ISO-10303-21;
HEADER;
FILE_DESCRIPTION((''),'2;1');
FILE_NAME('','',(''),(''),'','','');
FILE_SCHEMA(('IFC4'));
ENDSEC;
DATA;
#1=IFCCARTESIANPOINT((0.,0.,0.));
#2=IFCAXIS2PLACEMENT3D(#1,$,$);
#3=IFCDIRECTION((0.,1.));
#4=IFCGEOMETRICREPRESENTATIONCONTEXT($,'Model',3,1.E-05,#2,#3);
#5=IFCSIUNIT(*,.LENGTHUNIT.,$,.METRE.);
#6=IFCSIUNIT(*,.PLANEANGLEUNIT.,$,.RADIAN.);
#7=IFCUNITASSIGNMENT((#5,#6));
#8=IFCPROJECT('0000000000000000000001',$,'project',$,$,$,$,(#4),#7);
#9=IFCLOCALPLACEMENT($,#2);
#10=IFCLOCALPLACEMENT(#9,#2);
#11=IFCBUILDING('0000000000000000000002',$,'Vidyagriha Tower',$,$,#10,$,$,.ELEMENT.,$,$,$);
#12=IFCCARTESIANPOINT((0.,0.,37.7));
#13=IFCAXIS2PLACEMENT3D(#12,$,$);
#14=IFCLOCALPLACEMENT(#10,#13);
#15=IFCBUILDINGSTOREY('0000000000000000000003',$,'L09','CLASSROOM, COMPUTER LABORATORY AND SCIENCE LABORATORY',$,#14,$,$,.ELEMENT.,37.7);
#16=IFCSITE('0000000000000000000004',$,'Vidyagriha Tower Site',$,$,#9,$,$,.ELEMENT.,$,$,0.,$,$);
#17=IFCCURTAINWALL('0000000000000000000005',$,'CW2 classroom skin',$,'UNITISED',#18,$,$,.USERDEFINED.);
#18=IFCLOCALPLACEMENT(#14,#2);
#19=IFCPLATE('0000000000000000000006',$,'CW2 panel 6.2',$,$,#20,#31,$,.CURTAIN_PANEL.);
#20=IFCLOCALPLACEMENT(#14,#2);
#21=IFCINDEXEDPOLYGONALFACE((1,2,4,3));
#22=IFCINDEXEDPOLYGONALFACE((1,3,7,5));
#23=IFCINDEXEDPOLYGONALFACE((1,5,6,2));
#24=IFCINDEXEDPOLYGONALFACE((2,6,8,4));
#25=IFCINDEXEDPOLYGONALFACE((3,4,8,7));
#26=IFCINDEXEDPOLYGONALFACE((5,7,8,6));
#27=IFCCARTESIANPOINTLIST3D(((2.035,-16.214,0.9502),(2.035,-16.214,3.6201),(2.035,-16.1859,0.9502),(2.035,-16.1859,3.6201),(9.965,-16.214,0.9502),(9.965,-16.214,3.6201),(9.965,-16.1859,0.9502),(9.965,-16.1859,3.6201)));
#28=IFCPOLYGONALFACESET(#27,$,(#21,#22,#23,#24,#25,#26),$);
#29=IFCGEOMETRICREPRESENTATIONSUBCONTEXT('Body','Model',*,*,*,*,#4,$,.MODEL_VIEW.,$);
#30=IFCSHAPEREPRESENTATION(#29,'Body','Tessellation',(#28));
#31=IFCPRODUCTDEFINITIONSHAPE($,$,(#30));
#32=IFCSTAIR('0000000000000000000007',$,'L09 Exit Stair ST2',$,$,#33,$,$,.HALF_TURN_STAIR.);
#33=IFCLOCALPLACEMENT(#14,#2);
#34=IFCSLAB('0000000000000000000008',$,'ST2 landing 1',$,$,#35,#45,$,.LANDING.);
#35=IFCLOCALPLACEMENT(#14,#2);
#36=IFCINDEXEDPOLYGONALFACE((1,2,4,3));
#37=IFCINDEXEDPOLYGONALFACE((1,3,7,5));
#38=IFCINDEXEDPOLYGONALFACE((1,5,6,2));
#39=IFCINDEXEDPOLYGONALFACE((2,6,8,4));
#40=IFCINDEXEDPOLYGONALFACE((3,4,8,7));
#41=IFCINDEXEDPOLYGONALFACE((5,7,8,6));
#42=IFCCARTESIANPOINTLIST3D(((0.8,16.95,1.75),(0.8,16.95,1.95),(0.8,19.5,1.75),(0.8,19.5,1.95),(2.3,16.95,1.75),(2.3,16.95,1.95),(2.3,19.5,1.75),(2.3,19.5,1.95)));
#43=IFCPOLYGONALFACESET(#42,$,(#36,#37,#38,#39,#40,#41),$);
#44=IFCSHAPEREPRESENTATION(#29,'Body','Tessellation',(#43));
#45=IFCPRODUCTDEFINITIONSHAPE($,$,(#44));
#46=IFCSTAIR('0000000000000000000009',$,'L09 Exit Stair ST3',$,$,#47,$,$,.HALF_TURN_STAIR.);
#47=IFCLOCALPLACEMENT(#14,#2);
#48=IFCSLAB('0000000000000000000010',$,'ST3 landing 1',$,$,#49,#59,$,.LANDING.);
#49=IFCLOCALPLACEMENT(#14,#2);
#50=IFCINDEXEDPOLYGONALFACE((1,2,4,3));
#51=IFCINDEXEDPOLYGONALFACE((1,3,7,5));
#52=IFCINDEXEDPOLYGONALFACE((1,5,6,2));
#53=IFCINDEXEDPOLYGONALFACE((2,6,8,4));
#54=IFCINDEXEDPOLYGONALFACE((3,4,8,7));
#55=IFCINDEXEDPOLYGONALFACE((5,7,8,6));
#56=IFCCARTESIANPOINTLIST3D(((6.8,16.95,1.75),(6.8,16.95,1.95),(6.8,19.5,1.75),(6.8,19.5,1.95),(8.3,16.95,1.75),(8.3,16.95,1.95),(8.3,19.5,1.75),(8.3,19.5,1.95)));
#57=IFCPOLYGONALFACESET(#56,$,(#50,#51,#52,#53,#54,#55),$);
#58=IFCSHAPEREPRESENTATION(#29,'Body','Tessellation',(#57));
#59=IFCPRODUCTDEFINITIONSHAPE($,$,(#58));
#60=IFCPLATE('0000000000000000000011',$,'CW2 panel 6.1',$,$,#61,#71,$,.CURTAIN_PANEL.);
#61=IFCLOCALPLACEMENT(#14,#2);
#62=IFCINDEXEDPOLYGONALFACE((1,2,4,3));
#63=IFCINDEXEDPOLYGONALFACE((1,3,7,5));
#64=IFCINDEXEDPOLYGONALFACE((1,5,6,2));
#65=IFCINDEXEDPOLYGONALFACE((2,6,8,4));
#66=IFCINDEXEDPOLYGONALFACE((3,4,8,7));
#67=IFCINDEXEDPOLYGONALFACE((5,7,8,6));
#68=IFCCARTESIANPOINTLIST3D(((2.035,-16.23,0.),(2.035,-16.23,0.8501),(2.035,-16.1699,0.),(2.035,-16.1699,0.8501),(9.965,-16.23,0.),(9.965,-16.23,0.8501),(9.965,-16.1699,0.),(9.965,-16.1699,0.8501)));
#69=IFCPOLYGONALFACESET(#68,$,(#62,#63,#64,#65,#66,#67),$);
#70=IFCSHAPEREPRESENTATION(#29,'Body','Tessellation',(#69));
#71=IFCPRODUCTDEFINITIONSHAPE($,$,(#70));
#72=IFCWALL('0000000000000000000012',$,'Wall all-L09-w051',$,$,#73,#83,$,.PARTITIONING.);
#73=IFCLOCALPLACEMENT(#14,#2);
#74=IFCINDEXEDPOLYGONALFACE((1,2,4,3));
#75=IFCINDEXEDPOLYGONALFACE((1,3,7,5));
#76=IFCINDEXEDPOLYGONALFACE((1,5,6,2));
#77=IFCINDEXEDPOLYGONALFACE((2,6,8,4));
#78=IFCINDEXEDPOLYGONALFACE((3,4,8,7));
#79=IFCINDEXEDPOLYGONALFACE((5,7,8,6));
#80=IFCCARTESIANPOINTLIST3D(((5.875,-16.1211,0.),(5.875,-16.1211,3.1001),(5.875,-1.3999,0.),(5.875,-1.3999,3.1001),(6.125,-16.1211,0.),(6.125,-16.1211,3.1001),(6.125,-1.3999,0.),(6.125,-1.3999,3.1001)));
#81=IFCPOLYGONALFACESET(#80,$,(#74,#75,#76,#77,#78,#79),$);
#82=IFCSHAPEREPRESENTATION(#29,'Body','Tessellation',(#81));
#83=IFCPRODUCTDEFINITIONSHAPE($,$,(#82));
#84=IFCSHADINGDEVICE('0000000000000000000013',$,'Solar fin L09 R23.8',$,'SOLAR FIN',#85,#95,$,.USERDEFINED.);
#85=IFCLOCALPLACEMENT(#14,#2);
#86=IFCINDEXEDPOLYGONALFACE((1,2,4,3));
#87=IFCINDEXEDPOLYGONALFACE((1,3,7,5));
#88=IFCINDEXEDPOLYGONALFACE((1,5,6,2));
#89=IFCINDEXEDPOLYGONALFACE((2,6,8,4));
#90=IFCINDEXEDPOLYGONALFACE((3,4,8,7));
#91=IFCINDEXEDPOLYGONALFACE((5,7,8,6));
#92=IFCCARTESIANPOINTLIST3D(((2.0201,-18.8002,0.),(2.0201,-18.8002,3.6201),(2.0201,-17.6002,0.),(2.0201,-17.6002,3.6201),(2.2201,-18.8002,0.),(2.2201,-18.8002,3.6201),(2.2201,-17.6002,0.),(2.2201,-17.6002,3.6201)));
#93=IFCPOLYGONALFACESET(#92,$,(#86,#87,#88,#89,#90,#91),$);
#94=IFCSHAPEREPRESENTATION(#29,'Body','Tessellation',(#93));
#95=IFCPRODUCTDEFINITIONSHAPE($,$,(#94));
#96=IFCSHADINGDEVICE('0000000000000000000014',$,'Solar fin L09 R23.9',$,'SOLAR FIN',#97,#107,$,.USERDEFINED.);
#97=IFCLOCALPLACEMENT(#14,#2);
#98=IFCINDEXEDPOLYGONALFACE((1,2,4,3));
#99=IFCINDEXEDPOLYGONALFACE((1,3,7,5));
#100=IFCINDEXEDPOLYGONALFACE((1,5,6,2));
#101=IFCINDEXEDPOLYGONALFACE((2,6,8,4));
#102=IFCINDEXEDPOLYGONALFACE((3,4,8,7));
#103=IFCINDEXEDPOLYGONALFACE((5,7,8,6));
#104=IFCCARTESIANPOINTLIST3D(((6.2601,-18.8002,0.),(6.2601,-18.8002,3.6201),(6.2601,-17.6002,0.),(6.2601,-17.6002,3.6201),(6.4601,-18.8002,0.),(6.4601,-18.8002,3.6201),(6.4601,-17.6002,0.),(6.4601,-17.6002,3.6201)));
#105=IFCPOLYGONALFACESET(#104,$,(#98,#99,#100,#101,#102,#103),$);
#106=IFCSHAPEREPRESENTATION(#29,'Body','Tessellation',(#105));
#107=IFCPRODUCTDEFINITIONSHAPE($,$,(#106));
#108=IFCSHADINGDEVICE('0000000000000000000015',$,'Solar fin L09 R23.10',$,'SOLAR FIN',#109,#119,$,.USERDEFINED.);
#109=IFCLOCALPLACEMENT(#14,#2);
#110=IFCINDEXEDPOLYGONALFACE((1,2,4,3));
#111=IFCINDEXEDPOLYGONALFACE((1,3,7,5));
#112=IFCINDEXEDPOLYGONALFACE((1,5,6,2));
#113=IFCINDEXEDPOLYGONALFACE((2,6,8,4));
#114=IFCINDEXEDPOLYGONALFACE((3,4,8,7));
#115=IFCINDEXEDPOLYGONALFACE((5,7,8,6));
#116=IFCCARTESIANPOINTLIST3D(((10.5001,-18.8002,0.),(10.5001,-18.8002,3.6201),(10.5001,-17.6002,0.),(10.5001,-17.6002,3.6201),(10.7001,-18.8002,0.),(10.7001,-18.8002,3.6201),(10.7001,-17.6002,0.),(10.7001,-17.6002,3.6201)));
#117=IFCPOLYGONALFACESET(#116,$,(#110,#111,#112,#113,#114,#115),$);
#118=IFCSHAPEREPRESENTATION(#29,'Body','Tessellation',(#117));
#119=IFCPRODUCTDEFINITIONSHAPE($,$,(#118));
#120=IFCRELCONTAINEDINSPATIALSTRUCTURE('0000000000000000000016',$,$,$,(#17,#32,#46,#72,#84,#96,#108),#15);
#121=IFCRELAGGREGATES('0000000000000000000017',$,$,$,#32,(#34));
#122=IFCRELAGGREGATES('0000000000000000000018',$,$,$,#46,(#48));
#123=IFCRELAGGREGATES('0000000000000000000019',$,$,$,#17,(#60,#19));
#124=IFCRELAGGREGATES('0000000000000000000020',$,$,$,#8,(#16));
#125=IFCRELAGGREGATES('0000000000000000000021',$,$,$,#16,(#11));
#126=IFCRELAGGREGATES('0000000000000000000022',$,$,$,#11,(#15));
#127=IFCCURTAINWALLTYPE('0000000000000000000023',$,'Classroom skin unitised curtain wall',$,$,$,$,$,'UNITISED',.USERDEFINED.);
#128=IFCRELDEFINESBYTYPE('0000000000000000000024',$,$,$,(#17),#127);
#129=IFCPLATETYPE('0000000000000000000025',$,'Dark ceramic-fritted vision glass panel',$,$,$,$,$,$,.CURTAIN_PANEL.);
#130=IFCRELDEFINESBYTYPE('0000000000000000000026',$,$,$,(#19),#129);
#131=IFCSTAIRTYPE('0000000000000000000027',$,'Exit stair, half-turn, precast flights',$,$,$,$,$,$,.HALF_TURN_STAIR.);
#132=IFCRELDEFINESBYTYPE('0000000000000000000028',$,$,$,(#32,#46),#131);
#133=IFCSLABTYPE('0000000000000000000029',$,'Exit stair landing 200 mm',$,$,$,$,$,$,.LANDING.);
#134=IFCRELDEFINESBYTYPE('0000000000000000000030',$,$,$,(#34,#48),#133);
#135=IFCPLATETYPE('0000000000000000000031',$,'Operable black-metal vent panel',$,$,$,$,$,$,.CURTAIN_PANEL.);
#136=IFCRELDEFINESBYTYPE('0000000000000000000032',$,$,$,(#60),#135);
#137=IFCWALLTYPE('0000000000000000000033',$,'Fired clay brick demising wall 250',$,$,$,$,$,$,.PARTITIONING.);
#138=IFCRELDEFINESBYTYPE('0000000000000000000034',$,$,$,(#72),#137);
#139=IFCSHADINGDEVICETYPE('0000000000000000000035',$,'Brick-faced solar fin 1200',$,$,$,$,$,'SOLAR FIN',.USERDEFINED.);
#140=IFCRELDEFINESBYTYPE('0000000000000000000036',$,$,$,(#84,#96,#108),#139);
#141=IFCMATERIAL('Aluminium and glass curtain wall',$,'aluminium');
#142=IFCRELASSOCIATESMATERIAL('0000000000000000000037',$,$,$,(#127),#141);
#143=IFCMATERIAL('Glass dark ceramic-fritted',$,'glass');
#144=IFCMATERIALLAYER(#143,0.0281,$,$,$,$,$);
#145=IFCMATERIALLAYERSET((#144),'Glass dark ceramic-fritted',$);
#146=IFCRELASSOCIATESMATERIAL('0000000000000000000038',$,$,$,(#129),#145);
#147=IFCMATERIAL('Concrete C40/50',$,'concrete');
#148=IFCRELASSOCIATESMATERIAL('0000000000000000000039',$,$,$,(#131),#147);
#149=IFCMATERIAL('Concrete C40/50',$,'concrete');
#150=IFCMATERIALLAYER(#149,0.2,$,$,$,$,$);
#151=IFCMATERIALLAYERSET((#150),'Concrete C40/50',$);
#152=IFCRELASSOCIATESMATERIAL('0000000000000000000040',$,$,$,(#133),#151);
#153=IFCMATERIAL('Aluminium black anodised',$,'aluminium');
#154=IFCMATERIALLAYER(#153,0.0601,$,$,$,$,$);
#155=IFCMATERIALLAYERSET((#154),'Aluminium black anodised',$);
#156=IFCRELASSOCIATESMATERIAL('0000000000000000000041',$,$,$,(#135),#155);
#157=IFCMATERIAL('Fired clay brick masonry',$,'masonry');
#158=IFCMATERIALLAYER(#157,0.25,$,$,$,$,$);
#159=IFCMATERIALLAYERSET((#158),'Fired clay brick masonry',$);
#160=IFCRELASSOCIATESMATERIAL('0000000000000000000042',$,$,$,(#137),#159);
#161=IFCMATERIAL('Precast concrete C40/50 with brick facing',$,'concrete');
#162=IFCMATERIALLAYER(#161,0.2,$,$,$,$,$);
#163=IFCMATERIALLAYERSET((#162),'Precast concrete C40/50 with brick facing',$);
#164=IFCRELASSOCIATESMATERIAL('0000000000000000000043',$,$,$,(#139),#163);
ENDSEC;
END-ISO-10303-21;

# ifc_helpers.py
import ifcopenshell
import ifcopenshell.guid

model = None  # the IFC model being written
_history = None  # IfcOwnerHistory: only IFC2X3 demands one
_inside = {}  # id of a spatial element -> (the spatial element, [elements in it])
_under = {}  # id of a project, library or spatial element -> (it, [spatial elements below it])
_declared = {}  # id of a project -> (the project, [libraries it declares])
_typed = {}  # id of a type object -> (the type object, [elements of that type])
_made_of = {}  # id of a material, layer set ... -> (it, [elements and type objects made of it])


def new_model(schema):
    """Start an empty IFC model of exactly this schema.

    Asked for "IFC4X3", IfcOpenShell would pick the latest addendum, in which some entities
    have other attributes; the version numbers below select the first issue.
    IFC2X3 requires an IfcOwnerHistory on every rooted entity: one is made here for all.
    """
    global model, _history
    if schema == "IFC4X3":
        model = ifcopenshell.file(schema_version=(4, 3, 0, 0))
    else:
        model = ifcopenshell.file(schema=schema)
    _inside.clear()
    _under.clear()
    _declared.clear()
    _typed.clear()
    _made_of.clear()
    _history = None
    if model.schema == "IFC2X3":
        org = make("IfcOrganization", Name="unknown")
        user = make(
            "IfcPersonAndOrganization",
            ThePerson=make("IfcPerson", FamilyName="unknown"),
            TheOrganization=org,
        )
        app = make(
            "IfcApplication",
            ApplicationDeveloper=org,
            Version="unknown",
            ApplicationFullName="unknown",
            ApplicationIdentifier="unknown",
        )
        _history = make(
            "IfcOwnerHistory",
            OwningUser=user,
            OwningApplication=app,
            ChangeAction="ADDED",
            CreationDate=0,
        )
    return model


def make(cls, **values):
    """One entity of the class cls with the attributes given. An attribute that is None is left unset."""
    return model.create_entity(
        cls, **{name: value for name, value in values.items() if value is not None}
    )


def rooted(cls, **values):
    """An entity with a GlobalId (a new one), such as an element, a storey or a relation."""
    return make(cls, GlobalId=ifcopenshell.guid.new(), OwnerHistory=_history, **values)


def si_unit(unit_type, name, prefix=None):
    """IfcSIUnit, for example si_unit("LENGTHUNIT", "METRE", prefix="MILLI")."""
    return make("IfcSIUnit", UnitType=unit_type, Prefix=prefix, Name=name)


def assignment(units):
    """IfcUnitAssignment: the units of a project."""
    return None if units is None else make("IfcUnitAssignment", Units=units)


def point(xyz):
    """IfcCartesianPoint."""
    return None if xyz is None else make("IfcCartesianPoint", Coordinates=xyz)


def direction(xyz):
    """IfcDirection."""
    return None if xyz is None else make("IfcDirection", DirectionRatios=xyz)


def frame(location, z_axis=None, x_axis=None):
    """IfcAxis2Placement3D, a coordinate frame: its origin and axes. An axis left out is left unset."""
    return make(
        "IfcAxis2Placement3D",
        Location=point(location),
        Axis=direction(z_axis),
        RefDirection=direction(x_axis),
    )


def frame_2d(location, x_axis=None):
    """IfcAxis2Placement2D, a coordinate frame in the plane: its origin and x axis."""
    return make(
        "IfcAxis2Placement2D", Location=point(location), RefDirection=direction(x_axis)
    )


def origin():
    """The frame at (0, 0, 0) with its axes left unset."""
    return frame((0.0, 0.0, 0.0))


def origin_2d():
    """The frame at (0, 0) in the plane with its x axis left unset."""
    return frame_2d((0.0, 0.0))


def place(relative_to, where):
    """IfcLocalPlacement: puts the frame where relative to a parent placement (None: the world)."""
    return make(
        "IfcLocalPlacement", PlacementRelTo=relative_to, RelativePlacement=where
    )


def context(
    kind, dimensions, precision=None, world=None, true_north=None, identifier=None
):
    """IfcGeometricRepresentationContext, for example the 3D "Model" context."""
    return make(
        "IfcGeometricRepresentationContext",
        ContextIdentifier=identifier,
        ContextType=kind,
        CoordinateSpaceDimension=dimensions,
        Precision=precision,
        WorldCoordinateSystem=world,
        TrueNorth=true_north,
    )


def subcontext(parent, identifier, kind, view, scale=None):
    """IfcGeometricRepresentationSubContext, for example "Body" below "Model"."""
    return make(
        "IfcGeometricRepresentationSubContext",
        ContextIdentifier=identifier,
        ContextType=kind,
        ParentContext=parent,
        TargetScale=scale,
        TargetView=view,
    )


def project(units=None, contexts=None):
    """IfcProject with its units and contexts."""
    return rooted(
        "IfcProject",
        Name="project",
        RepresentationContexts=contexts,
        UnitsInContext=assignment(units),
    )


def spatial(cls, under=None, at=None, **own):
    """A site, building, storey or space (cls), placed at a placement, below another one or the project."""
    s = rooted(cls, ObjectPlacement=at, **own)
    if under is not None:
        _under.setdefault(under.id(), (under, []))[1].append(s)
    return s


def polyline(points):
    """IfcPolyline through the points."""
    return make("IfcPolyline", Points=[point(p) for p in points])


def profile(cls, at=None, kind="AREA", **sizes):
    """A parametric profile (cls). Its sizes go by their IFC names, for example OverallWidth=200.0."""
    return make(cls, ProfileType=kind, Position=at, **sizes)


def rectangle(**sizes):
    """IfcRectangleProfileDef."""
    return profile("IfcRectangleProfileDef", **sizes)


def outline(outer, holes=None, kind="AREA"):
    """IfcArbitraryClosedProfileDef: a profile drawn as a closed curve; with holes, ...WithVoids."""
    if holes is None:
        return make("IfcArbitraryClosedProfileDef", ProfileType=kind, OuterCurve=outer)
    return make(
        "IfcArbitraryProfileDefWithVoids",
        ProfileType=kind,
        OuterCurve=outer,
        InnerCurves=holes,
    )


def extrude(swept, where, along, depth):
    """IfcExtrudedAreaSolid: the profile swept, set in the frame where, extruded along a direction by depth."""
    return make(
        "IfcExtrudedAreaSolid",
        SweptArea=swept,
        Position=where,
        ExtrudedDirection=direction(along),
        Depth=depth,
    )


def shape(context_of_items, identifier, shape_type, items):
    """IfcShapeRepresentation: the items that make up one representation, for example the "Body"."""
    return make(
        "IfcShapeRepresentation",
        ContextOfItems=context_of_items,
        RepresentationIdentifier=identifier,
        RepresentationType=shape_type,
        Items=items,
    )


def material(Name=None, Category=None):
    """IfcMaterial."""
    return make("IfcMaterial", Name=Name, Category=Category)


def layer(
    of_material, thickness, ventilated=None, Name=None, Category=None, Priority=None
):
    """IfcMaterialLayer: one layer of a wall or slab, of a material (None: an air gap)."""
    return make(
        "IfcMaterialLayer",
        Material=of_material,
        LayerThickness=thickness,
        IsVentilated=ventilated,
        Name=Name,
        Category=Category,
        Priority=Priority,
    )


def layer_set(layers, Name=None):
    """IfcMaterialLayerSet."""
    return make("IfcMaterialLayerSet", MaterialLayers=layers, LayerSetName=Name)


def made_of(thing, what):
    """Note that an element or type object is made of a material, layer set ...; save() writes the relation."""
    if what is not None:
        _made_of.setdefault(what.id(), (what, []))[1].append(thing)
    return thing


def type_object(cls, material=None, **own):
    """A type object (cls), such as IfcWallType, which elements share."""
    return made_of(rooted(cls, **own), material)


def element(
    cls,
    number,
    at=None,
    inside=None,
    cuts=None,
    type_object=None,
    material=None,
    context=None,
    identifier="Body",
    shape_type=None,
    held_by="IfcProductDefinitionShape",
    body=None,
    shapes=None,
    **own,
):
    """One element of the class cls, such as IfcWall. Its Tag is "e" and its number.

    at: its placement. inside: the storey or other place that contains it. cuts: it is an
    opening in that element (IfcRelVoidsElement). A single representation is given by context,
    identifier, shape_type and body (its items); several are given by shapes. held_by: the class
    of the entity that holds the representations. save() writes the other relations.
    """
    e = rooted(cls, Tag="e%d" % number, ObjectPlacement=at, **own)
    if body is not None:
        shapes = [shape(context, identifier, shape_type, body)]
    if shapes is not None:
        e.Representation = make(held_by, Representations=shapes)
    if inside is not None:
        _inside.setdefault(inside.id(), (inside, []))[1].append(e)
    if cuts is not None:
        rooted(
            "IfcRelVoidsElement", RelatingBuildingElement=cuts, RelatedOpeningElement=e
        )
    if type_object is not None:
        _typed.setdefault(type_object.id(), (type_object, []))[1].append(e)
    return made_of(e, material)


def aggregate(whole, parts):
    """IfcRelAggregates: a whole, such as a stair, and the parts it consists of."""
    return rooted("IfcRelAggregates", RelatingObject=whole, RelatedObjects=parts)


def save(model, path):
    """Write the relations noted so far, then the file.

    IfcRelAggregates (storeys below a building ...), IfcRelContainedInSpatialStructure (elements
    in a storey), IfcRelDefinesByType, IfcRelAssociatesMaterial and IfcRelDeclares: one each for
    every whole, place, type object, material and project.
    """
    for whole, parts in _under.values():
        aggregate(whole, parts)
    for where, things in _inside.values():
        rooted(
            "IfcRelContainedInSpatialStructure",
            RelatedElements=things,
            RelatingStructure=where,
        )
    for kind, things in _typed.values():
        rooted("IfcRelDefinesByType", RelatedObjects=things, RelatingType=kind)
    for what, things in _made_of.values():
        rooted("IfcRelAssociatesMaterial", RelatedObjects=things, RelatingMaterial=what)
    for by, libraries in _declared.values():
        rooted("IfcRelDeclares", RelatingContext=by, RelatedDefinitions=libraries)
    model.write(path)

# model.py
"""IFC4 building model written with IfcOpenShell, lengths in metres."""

from ifc_helpers import new_model, si_unit, direction, frame, frame_2d, origin, origin_2d, place, context, subcontext, project, spatial, polyline, rectangle, outline, extrude, material, layer, layer_set, type_object, element, aggregate, save


model = new_model("IFC4")

# Units and contexts
model_context = context("Model", 3, precision=1e-05, world=origin(), true_north=direction((0.0, 1.0)))
body_context = subcontext(model_context, "Body", "Model", "MODEL_VIEW")
ifc_project = project(units=[si_unit("LENGTHUNIT", "METRE"), si_unit("PLANEANGLEUNIT", "RADIAN")], contexts=[model_context])

# Site, building, storey
site_placement = place(None, origin())
site = spatial("IfcSite", under=ifc_project, at=site_placement, Name="Vidyagriha Tower Site", CompositionType="ELEMENT", RefElevation=0.0)
building_placement = place(site_placement, origin())
building = spatial("IfcBuilding", under=site, at=building_placement, Name="Vidyagriha Tower", CompositionType="ELEMENT")
storey_placement = place(building_placement, frame((0.0, 0.0, 37.7)))
storey = spatial("IfcBuildingStorey", under=building, at=storey_placement, Name="L09", Description="CLASSROOM, COMPUTER LABORATORY AND SCIENCE LABORATORY", CompositionType="ELEMENT", Elevation=37.7)

# Curtain wall, plate
ifc_material_1 = material(Name="Aluminium and glass curtain wall", Category="aluminium")
curtain_wall_type = type_object("IfcCurtainWallType", Name="Classroom skin unitised curtain wall", ElementType="UNITISED", PredefinedType="USERDEFINED", material=ifc_material_1)
curtain_wall_placement = place(storey_placement, origin())
curtain_wall = element("IfcCurtainWall", 1, at=curtain_wall_placement, inside=storey, type_object=curtain_wall_type, Name="CW2 classroom skin", ObjectType="UNITISED", PredefinedType="USERDEFINED")
ifc_material_2 = material(Name="Glass dark ceramic-fritted", Category="glass")
ifc_layer_1 = layer(ifc_material_2, 0.0281)
ifc_layer_set_1 = layer_set([ifc_layer_1], Name="Glass dark ceramic-fritted")
plate_type_1 = type_object("IfcPlateType", Name="Dark ceramic-fritted vision glass panel", PredefinedType="CURTAIN_PANEL", material=ifc_layer_set_1)
plate_1_placement = place(storey_placement, frame((6.0, -16.2, 0.9502)))
plate_1 = element("IfcPlate", 2, at=plate_1_placement, type_object=plate_type_1, Name="CW2 panel 6.2", PredefinedType="CURTAIN_PANEL", context=body_context, shape_type="SweptSolid", body=[
    extrude(rectangle(XDim=7.9299, YDim=0.0281, at=origin_2d()), origin(), (0.0, 0.0, 1.0), 2.6699),
])

# Stairs, slabs
ifc_material_3 = material(Name="Concrete C40/50", Category="concrete")
stair_type = type_object("IfcStairType", Name="Exit stair, half-turn, precast flights", PredefinedType="HALF_TURN_STAIR", material=ifc_material_3)
stair_1_placement = place(storey_placement, origin())
stair_1 = element("IfcStair", 3, at=stair_1_placement, inside=storey, type_object=stair_type, Name="L09 Exit Stair ST2", PredefinedType="HALF_TURN_STAIR")
ifc_material_4 = material(Name="Concrete C40/50", Category="concrete")
ifc_layer_2 = layer(ifc_material_4, 0.2)
ifc_layer_set_2 = layer_set([ifc_layer_2], Name="Concrete C40/50")
slab_type = type_object("IfcSlabType", Name="Exit stair landing 200 mm", PredefinedType="LANDING", material=ifc_layer_set_2)
slab_1_placement = place(storey_placement, frame((0.0, 0.0, 1.75)))
slab_1 = element("IfcSlab", 4, at=slab_1_placement, type_object=slab_type, Name="ST2 landing 1", PredefinedType="LANDING", context=body_context, shape_type="SweptSolid", body=[
    extrude(outline(polyline([(0.8, 16.95), (2.3, 16.95), (2.3, 19.5), (0.8, 19.5), (0.8, 16.95)])), origin(), (0.0, 0.0, 1.0), 0.2),
])
aggregate(stair_1, [slab_1])
stair_2_placement = place(storey_placement, origin())
stair_2 = element("IfcStair", 5, at=stair_2_placement, inside=storey, type_object=stair_type, Name="L09 Exit Stair ST3", PredefinedType="HALF_TURN_STAIR")
slab_2_placement = place(storey_placement, frame((0.0, 0.0, 1.75)))
slab_2 = element("IfcSlab", 6, at=slab_2_placement, type_object=slab_type, Name="ST3 landing 1", PredefinedType="LANDING", context=body_context, shape_type="SweptSolid", body=[
    extrude(outline(polyline([(6.8, 16.95), (8.3, 16.95), (8.3, 19.5), (6.8, 19.5), (6.8, 16.95)])), origin(), (0.0, 0.0, 1.0), 0.2),
])
aggregate(stair_2, [slab_2])

# Plate
ifc_material_5 = material(Name="Aluminium black anodised", Category="aluminium")
ifc_layer_3 = layer(ifc_material_5, 0.0601)
ifc_layer_set_3 = layer_set([ifc_layer_3], Name="Aluminium black anodised")
plate_type_2 = type_object("IfcPlateType", Name="Operable black-metal vent panel", PredefinedType="CURTAIN_PANEL", material=ifc_layer_set_3)
plate_2_placement = place(storey_placement, frame((6.0, -16.2, 0.0)))
plate_2 = element("IfcPlate", 7, at=plate_2_placement, type_object=plate_type_2, Name="CW2 panel 6.1", PredefinedType="CURTAIN_PANEL", context=body_context, shape_type="SweptSolid", body=[
    extrude(rectangle(XDim=7.9299, YDim=0.0601, at=origin_2d()), origin(), (0.0, 0.0, 1.0), 0.8501),
])
aggregate(curtain_wall, [plate_2, plate_1])

# Wall
ifc_material_6 = material(Name="Fired clay brick masonry", Category="masonry")
ifc_layer_4 = layer(ifc_material_6, 0.25)
ifc_layer_set_4 = layer_set([ifc_layer_4], Name="Fired clay brick masonry")
wall_type = type_object("IfcWallType", Name="Fired clay brick demising wall 250", PredefinedType="PARTITIONING", material=ifc_layer_set_4)
wall_placement = place(storey_placement, frame((6.0, -1.3999, 0.0), z_axis=(0.0, 0.0, 1.0), x_axis=(0.0, -1.0, 0.0)))
element("IfcWall", 8, at=wall_placement, inside=storey, type_object=wall_type, Name="Wall all-L09-w051", PredefinedType="PARTITIONING", context=body_context, shape_type="SweptSolid", body=[
    extrude(rectangle(XDim=14.7212, YDim=0.25, at=frame_2d((7.3606, 0.0))), origin(), (0.0, 0.0, 1.0), 3.1001),
])

# Shading devices
ifc_material_7 = material(Name="Precast concrete C40/50 with brick facing", Category="concrete")
ifc_layer_5 = layer(ifc_material_7, 0.2)
ifc_layer_set_5 = layer_set([ifc_layer_5], Name="Precast concrete C40/50 with brick facing")
shading_device_type = type_object("IfcShadingDeviceType", Name="Brick-faced solar fin 1200", ElementType="SOLAR FIN", PredefinedType="USERDEFINED", material=ifc_layer_set_5)
for number, where, z_axis, x_axis, name in (
    (9, (2.1201, -17.6001, 0.0), (0.0, 0.0, 1.0), (0.0, -1.0, 0.0), "Solar fin L09 R23.8"),
    (10, (6.3601, -17.6001, 0.0), (0.0, 0.0, 1.0), (0.0, -1.0, 0.0), "Solar fin L09 R23.9"),
    (11, (10.6001, -17.6001, 0.0), (0.0, 0.0, 1.0), (0.0, -1.0, 0.0), "Solar fin L09 R23.10"),
):
    element("IfcShadingDevice", number, at=place(storey_placement, frame(where, z_axis=z_axis, x_axis=x_axis)), inside=storey, type_object=shading_device_type, Name=name, ObjectType="SOLAR FIN", PredefinedType="USERDEFINED", context=body_context, shape_type="SweptSolid", body=[
        extrude(rectangle(XDim=1.2, YDim=0.2, at=frame_2d((0.6001, 0.0))), origin(), (0.0, 0.0, 1.0), 3.6201),
    ])

save(model, "model.ifc")
